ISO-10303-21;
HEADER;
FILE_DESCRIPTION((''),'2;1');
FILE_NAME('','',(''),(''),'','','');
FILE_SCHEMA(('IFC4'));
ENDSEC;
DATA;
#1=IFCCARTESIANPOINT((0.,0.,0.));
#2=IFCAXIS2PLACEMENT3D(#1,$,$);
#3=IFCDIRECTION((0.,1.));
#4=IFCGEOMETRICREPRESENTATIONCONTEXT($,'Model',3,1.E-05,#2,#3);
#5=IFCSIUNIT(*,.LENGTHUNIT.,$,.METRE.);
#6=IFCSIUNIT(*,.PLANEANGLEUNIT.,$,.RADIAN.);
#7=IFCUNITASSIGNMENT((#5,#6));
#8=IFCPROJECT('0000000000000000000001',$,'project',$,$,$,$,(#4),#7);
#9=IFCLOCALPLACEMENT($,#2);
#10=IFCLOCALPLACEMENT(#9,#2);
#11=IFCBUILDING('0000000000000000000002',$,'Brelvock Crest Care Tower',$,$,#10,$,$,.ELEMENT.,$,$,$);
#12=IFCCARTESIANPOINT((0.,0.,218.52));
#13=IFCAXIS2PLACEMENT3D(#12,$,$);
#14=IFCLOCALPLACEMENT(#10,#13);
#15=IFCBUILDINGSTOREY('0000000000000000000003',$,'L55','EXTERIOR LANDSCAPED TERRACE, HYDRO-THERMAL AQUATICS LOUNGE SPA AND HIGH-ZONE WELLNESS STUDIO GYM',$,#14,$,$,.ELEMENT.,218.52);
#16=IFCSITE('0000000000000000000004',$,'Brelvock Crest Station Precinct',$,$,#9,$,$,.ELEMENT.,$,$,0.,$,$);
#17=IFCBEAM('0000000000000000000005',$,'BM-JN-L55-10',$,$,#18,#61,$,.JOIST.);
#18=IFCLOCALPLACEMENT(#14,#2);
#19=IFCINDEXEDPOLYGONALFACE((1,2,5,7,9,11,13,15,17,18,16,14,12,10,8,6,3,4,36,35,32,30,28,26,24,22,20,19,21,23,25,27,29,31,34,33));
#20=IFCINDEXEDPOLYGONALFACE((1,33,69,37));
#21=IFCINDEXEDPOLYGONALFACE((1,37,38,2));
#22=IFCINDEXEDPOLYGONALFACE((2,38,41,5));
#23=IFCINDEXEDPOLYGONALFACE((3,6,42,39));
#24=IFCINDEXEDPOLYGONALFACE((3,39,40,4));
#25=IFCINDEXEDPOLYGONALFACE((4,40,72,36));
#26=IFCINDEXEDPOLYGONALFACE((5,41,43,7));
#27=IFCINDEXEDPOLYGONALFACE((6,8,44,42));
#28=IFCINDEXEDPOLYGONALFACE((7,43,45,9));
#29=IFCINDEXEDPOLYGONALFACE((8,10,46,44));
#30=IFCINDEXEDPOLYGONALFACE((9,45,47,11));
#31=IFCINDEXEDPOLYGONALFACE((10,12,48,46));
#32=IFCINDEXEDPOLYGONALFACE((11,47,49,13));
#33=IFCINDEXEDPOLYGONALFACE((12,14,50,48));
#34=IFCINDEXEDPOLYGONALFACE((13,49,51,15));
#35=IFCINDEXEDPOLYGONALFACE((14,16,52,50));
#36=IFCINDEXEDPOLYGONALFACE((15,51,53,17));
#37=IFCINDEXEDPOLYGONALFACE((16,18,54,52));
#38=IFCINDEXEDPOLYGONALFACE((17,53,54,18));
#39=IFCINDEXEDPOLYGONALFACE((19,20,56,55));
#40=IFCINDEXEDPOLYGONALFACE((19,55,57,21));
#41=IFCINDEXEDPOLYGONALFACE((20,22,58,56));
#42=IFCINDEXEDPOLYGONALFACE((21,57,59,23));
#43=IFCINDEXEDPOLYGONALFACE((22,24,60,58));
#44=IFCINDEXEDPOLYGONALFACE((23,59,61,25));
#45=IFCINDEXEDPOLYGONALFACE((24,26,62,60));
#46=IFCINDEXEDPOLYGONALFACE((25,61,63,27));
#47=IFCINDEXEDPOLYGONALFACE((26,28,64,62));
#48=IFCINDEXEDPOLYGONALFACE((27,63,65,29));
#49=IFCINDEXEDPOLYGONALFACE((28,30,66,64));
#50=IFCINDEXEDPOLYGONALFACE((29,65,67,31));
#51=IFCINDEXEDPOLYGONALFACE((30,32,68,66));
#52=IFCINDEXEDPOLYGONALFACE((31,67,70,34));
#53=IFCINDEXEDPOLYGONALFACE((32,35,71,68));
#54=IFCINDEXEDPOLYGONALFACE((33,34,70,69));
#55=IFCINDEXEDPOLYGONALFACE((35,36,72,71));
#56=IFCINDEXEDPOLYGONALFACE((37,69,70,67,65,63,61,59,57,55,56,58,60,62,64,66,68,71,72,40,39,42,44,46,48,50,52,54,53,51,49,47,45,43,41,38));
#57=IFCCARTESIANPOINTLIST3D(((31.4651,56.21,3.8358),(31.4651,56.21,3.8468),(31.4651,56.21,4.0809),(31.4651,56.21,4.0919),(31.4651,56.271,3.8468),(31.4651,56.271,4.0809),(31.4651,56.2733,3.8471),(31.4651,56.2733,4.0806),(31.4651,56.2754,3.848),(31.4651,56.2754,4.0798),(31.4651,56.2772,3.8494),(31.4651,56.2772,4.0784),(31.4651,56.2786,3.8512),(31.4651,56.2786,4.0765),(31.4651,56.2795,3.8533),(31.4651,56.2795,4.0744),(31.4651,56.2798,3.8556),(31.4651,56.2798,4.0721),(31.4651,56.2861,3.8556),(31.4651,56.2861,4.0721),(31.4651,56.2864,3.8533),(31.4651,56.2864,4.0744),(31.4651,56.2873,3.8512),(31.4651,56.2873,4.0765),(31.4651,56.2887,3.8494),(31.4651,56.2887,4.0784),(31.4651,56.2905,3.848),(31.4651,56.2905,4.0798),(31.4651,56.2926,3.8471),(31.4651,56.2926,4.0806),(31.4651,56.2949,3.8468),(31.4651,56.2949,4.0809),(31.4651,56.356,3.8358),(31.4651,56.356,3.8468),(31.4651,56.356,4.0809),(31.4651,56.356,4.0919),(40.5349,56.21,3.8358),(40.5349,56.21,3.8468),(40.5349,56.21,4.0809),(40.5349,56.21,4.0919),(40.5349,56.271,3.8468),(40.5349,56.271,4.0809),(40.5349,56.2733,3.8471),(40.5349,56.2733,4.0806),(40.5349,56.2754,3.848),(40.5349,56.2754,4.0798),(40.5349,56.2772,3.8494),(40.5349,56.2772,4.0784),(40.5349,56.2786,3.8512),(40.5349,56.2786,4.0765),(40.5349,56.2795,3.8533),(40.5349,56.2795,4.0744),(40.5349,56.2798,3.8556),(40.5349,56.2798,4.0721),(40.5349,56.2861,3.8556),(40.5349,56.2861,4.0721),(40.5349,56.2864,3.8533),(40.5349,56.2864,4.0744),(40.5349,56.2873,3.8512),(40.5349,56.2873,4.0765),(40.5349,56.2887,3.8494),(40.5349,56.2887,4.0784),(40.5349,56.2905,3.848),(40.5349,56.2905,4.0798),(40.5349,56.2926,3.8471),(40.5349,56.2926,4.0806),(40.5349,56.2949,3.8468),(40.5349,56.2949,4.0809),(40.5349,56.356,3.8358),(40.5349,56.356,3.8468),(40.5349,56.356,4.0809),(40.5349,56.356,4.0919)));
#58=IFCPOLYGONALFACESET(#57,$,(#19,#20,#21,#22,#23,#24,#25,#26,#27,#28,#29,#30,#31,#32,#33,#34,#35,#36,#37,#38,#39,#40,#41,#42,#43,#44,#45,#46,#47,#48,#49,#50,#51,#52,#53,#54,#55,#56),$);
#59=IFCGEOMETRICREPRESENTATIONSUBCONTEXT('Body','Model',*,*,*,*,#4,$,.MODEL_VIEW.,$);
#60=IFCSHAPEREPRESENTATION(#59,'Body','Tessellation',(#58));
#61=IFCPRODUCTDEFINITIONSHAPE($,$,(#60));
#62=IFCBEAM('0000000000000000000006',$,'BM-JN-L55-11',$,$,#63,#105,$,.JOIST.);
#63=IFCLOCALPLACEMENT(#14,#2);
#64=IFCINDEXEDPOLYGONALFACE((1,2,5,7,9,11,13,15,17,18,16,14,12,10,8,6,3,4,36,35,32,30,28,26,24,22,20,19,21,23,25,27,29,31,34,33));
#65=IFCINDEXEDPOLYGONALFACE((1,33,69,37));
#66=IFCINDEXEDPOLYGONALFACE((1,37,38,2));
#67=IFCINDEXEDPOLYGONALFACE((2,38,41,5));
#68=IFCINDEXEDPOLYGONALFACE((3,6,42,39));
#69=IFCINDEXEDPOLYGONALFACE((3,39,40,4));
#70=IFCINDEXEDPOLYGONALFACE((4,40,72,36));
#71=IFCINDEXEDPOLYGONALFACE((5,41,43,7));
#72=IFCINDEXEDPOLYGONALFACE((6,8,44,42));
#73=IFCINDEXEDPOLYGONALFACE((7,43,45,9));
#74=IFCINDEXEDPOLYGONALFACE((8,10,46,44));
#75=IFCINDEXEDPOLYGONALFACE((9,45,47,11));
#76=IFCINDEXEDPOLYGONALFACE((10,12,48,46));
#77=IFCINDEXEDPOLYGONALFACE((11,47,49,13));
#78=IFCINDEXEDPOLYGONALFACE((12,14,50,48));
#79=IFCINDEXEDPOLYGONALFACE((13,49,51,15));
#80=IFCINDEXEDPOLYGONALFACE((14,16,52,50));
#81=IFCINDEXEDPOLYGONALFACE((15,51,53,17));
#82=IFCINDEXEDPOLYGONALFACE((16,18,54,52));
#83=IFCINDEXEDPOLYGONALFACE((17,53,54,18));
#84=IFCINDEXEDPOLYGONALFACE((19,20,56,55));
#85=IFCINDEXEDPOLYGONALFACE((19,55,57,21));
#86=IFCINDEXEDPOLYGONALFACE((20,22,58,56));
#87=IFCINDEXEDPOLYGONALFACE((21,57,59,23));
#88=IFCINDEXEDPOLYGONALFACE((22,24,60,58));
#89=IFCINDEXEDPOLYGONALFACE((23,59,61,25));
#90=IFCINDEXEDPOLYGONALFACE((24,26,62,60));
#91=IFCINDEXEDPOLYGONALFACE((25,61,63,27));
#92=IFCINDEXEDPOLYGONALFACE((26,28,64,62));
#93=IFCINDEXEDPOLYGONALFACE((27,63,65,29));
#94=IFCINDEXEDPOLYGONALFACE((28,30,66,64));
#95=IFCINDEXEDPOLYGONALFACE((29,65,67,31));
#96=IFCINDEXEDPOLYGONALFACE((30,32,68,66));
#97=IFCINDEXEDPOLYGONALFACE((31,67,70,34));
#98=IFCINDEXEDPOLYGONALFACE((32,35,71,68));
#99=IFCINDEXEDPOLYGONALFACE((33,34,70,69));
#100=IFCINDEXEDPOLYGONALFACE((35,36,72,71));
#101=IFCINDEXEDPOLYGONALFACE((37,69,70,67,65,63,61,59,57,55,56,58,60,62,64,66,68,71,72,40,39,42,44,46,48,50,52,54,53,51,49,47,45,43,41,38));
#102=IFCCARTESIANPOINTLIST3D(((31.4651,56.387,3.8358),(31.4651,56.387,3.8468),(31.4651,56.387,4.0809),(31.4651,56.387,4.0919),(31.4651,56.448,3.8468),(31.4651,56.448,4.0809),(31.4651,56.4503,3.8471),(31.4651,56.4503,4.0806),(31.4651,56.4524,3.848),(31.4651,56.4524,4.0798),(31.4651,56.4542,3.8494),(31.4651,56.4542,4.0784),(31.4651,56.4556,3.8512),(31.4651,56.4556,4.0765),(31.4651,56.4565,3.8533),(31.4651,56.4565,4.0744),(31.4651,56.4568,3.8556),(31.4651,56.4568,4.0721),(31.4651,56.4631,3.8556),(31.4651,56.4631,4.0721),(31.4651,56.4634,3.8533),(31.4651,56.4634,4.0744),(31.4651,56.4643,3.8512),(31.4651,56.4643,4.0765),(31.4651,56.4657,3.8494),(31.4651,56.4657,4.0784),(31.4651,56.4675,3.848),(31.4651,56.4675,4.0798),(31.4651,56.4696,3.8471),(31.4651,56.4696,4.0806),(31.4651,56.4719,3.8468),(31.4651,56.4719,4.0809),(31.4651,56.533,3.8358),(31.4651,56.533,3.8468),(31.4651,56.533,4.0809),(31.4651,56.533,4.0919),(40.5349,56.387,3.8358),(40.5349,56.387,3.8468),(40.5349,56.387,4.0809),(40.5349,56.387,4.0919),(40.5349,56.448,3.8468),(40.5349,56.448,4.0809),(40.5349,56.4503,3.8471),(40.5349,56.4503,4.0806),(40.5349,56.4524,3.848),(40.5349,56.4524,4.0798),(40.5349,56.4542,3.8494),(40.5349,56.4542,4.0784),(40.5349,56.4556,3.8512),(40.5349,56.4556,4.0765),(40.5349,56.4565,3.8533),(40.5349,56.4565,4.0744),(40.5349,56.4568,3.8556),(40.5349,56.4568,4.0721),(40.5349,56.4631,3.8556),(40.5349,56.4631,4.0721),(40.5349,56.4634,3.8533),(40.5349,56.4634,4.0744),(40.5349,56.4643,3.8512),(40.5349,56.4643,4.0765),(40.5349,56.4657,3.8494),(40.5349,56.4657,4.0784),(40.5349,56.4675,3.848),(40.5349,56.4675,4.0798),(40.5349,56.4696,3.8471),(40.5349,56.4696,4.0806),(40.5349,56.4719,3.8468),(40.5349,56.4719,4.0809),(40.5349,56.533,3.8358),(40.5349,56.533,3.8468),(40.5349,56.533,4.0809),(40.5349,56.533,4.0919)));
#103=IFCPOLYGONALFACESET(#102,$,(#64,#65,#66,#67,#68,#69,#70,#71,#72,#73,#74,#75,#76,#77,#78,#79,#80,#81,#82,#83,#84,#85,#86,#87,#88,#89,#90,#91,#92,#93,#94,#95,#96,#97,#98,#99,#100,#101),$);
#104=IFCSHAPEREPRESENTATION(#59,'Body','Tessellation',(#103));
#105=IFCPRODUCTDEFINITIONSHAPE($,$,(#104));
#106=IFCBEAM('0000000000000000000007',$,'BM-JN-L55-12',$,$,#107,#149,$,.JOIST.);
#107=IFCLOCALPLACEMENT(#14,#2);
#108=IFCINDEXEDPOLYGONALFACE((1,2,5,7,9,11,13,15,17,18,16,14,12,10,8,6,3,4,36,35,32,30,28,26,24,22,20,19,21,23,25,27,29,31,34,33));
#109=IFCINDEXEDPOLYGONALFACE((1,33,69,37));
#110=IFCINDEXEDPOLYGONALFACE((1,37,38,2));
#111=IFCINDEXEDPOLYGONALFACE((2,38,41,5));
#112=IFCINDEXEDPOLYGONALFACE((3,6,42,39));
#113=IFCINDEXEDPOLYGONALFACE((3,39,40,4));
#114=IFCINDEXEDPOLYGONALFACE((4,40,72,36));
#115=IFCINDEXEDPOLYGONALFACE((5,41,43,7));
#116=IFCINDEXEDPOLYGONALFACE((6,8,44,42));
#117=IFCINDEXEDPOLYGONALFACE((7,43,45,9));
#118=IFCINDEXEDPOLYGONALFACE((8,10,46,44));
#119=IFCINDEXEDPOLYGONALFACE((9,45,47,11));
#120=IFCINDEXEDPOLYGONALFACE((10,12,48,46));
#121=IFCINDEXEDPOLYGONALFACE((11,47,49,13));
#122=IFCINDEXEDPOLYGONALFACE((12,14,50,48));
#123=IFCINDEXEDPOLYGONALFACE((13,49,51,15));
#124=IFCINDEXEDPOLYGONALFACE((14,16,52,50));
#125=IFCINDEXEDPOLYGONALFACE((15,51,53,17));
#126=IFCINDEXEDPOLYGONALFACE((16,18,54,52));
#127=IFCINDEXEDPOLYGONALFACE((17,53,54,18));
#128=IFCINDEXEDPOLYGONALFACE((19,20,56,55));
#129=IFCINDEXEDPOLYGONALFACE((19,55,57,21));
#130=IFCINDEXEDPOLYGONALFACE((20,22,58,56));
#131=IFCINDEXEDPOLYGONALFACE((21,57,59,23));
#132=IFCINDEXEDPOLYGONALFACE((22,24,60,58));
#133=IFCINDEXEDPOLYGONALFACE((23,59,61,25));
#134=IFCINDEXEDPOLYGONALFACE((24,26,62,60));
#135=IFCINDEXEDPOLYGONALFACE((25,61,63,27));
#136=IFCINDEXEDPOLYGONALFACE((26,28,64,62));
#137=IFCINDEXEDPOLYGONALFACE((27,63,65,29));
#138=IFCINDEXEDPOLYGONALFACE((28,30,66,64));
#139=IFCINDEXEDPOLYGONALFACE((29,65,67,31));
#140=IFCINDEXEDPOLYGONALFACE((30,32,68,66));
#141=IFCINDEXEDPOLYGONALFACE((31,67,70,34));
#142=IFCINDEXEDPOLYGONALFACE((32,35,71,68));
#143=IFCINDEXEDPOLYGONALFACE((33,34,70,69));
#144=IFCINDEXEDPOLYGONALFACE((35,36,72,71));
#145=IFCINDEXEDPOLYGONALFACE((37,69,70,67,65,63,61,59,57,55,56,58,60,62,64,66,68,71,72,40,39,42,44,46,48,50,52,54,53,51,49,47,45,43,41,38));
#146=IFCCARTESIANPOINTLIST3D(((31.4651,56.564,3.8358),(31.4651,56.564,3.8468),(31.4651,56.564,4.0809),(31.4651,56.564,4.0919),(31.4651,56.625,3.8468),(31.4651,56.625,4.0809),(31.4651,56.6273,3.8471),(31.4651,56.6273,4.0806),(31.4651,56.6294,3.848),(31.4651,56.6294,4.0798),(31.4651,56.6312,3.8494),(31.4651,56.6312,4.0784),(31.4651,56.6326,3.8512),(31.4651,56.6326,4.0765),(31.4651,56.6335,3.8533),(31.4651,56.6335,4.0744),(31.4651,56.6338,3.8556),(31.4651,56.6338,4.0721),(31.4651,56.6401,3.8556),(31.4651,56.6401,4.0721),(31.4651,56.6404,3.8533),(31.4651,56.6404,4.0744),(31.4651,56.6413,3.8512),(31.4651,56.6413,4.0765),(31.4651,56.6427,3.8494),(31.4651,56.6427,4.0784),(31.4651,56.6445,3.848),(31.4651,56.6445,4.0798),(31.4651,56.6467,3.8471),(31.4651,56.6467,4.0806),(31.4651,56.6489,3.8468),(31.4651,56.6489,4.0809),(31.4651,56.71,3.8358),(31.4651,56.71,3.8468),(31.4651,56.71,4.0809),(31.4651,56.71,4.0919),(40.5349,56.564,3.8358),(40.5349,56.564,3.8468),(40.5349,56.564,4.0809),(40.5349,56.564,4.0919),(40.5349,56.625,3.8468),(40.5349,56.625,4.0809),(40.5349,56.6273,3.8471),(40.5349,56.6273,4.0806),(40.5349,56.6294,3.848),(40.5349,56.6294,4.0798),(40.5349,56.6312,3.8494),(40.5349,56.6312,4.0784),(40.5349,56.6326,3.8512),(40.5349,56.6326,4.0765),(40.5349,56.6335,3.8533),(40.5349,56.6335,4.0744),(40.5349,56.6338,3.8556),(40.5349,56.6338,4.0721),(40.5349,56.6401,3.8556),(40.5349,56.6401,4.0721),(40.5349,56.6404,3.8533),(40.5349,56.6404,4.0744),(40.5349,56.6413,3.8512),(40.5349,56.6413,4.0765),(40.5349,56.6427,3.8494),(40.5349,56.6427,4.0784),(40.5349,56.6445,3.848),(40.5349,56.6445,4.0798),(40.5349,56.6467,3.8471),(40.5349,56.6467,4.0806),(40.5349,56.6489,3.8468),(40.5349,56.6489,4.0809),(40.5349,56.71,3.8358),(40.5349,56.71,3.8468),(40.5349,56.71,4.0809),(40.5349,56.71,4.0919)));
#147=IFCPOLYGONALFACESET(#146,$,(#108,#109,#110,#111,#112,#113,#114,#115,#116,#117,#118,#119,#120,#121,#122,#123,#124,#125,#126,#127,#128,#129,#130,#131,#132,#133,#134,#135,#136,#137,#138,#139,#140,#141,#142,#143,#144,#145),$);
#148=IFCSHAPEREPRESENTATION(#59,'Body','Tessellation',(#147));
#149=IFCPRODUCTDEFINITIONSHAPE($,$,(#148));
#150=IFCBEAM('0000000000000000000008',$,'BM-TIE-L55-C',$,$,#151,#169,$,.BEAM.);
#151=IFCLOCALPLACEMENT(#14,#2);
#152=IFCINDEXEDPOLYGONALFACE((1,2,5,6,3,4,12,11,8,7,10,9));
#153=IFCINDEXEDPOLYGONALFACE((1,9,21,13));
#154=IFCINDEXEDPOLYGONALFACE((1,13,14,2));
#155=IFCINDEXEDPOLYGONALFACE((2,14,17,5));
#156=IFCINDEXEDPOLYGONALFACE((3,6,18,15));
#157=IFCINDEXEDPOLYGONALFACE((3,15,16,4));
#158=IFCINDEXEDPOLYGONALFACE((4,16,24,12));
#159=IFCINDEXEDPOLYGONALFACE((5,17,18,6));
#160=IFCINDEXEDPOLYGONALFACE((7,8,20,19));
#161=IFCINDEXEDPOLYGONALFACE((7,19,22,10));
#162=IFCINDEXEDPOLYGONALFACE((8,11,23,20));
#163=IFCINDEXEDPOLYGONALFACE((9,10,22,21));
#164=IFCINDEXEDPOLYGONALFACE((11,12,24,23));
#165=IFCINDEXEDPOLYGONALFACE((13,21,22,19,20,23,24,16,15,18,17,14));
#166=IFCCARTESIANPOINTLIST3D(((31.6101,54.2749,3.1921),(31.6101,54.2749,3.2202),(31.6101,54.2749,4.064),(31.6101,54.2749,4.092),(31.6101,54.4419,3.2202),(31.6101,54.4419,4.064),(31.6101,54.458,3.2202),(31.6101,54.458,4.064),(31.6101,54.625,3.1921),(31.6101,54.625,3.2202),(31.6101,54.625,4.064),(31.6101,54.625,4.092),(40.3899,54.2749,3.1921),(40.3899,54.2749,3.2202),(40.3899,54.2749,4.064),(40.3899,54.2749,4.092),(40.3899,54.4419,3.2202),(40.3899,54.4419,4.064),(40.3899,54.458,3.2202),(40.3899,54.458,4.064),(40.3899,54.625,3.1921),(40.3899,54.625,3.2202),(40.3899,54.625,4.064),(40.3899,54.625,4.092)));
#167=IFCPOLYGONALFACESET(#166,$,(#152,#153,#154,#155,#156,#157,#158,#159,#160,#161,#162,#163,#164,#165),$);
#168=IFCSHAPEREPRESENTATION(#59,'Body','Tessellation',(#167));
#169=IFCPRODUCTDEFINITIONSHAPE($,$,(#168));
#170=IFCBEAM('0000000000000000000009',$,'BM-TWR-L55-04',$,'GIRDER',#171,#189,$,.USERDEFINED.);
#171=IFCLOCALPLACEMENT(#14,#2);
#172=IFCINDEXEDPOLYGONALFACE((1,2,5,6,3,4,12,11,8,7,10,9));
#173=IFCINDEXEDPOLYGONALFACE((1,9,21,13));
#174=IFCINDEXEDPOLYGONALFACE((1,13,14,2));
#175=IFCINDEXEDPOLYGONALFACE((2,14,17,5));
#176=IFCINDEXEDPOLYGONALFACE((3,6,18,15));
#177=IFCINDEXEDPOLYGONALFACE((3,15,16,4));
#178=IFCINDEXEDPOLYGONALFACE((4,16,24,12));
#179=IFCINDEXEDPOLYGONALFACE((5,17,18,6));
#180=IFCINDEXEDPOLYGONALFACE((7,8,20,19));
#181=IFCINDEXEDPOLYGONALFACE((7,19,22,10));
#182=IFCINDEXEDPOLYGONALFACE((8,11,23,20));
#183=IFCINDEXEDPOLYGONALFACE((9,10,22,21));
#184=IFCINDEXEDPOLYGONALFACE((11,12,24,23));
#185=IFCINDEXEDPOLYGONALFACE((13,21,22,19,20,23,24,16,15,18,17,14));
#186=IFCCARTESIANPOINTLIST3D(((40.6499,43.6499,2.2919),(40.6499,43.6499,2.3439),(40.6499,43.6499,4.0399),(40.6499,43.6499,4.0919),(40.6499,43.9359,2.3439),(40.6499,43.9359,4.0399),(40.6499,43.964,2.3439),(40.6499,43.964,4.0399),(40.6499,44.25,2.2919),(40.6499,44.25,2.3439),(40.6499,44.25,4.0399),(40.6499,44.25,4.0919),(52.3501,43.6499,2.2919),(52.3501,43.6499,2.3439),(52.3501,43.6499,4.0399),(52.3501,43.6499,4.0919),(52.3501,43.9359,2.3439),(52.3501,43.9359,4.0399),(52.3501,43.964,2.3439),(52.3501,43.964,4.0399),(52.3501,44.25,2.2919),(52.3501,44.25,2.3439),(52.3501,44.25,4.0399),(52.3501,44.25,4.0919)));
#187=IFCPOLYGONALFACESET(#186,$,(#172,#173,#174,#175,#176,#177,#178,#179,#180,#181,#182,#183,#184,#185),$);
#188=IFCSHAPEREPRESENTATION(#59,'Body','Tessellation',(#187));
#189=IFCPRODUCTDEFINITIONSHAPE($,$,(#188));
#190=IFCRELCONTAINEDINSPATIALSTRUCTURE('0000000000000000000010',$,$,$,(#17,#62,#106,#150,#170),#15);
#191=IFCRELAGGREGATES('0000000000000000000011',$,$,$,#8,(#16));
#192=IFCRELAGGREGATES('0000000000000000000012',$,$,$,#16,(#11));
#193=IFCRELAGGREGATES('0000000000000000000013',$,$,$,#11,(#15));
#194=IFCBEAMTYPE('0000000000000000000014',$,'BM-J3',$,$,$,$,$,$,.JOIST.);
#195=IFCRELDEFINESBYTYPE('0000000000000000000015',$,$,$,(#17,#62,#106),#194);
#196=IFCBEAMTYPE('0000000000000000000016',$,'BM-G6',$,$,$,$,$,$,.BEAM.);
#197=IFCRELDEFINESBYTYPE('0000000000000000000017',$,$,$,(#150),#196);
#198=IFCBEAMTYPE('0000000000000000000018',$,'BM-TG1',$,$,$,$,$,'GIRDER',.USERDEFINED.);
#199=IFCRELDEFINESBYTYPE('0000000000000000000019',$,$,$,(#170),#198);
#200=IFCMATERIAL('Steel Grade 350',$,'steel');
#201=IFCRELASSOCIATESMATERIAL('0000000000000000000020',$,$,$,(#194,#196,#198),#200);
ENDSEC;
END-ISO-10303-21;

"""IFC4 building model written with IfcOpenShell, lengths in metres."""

from ifc_helpers import new_model, si_unit, direction, frame, origin, origin_2d, place, context, subcontext, project, spatial, i_section, extrude, source, transform, mapped, material, material_profile, profile_set, type_object, element, save


model = new_model("IFC4")

# Units and contexts
model_context = context("Model", 3, precision=1e-05, world=origin(), true_north=direction((0.0, 1.0)))
body_context = subcontext(model_context, "Body", "Model", "MODEL_VIEW")
ifc_project = project(units=[si_unit("LENGTHUNIT", "METRE"), si_unit("PLANEANGLEUNIT", "RADIAN")], contexts=[model_context])

# Site, building, storey
site_placement = place(None, origin())
site = spatial("IfcSite", under=ifc_project, at=site_placement, Name="Brelvock Crest Station Precinct", CompositionType="ELEMENT", RefElevation=0.0)
building_placement = place(site_placement, origin())
building = spatial("IfcBuilding", under=site, at=building_placement, Name="Brelvock Crest Care Tower", CompositionType="ELEMENT")
storey_placement = place(building_placement, frame((0.0, 0.0, 218.52)))
storey = spatial("IfcBuildingStorey", under=building, at=storey_placement, Name="L55", Description="EXTERIOR LANDSCAPED TERRACE, HYDRO-THERMAL AQUATICS LOUNGE SPA AND HIGH-ZONE WELLNESS STUDIO GYM", CompositionType="ELEMENT", Elevation=218.52)

# Beams
ifc_material_1 = material(Name="Steel Grade 350", Category="steel")
ifc_material_profile_1 = material_profile(ifc_material_1, i_section(OverallWidth=0.146, OverallDepth=0.2561, WebThickness=0.0063, FlangeThickness=0.011, FilletRadius=0.0088, at=origin_2d()), Name="250UB37.3")
ifc_profile_set_1 = profile_set([ifc_material_profile_1], Name="Steel Grade 350")
beam_type_1 = type_object("IfcBeamType", Name="BM-J3", PredefinedType="JOIST", material=ifc_profile_set_1)
shared_shape_1 = source(origin(), body_context, "Body", "SweptSolid", [
    extrude(i_section(OverallWidth=0.146, OverallDepth=0.2561, WebThickness=0.0063, FlangeThickness=0.011, FilletRadius=0.0088, at=origin_2d()), origin(), (0.0, 0.0, 1.0), 9.0698),
])
for number, where, z_axis, x_axis, name in (
    (1, (31.4651, 56.283, 3.9639), (1.0, 0.0, 0.0), (0.0, 1.0, 0.0), "BM-JN-L55-10"),
    (2, (31.4651, 56.46, 3.9639), (1.0, 0.0, 0.0), (0.0, 1.0, 0.0), "BM-JN-L55-11"),
    (3, (31.4651, 56.637, 3.9639), (1.0, 0.0, 0.0), (0.0, 1.0, 0.0), "BM-JN-L55-12"),
):
    element("IfcBeam", number, at=place(storey_placement, frame(where, z_axis=z_axis, x_axis=x_axis)), inside=storey, type_object=beam_type_1, Name=name, PredefinedType="JOIST", context=body_context, shape_type="MappedRepresentation", body=[
        mapped(shared_shape_1, transform((0.0, 0.0, 0.0), x_axis=(1.0, 0.0, 0.0), y_axis=(0.0, 1.0, 0.0), z_axis=(0.0, 0.0, 1.0), scale=1.0)),
    ])
ifc_material_profile_2 = material_profile(ifc_material_1, i_section(OverallWidth=0.3501, OverallDepth=0.8999, WebThickness=0.0161, FlangeThickness=0.0281, at=origin_2d()), Name="900WB257")
ifc_profile_set_2 = profile_set([ifc_material_profile_2], Name="Steel Grade 350")
beam_type_2 = type_object("IfcBeamType", Name="BM-G6", PredefinedType="BEAM", material=ifc_profile_set_2)
shared_shape_2 = source(origin(), body_context, "Body", "SweptSolid", [
    extrude(i_section(OverallWidth=0.3501, OverallDepth=0.8999, WebThickness=0.0161, FlangeThickness=0.0281, at=origin_2d()), origin(), (0.0, 0.0, 1.0), 8.7798),
])
beam_1_placement = place(storey_placement, frame((31.6101, 54.45, 3.6421), z_axis=(1.0, 0.0, 0.0), x_axis=(0.0, 1.0, 0.0)))
element("IfcBeam", 4, at=beam_1_placement, inside=storey, type_object=beam_type_2, Name="BM-TIE-L55-C", PredefinedType="BEAM", context=body_context, shape_type="MappedRepresentation", body=[
    mapped(shared_shape_2, transform((0.0, 0.0, 0.0), x_axis=(1.0, 0.0, 0.0), y_axis=(0.0, 1.0, 0.0), z_axis=(0.0, 0.0, 1.0), scale=1.0)),
])
ifc_material_profile_3 = material_profile(ifc_material_1, i_section(OverallWidth=0.6001, OverallDepth=1.8, WebThickness=0.0281, FlangeThickness=0.052, at=origin_2d()), Name="1800TG740")
ifc_profile_set_3 = profile_set([ifc_material_profile_3], Name="Steel Grade 350")
beam_type_3 = type_object("IfcBeamType", Name="BM-TG1", ElementType="GIRDER", PredefinedType="USERDEFINED", material=ifc_profile_set_3)
shared_shape_3 = source(origin(), body_context, "Body", "SweptSolid", [
    extrude(i_section(OverallWidth=0.6001, OverallDepth=1.8, WebThickness=0.0281, FlangeThickness=0.052, at=origin_2d()), origin(), (0.0, 0.0, 1.0), 11.7002),
])
beam_2_placement = place(storey_placement, frame((40.6499, 43.95, 3.1919), z_axis=(1.0, 0.0, 0.0), x_axis=(0.0, 1.0, 0.0)))
element("IfcBeam", 5, at=beam_2_placement, inside=storey, type_object=beam_type_3, Name="BM-TWR-L55-04", ObjectType="GIRDER", PredefinedType="USERDEFINED", context=body_context, shape_type="MappedRepresentation", body=[
    mapped(shared_shape_3, transform((0.0, 0.0, 0.0), x_axis=(1.0, 0.0, 0.0), y_axis=(0.0, 1.0, 0.0), z_axis=(0.0, 0.0, 1.0), scale=1.0)),
])

save(model, "model.ifc")
